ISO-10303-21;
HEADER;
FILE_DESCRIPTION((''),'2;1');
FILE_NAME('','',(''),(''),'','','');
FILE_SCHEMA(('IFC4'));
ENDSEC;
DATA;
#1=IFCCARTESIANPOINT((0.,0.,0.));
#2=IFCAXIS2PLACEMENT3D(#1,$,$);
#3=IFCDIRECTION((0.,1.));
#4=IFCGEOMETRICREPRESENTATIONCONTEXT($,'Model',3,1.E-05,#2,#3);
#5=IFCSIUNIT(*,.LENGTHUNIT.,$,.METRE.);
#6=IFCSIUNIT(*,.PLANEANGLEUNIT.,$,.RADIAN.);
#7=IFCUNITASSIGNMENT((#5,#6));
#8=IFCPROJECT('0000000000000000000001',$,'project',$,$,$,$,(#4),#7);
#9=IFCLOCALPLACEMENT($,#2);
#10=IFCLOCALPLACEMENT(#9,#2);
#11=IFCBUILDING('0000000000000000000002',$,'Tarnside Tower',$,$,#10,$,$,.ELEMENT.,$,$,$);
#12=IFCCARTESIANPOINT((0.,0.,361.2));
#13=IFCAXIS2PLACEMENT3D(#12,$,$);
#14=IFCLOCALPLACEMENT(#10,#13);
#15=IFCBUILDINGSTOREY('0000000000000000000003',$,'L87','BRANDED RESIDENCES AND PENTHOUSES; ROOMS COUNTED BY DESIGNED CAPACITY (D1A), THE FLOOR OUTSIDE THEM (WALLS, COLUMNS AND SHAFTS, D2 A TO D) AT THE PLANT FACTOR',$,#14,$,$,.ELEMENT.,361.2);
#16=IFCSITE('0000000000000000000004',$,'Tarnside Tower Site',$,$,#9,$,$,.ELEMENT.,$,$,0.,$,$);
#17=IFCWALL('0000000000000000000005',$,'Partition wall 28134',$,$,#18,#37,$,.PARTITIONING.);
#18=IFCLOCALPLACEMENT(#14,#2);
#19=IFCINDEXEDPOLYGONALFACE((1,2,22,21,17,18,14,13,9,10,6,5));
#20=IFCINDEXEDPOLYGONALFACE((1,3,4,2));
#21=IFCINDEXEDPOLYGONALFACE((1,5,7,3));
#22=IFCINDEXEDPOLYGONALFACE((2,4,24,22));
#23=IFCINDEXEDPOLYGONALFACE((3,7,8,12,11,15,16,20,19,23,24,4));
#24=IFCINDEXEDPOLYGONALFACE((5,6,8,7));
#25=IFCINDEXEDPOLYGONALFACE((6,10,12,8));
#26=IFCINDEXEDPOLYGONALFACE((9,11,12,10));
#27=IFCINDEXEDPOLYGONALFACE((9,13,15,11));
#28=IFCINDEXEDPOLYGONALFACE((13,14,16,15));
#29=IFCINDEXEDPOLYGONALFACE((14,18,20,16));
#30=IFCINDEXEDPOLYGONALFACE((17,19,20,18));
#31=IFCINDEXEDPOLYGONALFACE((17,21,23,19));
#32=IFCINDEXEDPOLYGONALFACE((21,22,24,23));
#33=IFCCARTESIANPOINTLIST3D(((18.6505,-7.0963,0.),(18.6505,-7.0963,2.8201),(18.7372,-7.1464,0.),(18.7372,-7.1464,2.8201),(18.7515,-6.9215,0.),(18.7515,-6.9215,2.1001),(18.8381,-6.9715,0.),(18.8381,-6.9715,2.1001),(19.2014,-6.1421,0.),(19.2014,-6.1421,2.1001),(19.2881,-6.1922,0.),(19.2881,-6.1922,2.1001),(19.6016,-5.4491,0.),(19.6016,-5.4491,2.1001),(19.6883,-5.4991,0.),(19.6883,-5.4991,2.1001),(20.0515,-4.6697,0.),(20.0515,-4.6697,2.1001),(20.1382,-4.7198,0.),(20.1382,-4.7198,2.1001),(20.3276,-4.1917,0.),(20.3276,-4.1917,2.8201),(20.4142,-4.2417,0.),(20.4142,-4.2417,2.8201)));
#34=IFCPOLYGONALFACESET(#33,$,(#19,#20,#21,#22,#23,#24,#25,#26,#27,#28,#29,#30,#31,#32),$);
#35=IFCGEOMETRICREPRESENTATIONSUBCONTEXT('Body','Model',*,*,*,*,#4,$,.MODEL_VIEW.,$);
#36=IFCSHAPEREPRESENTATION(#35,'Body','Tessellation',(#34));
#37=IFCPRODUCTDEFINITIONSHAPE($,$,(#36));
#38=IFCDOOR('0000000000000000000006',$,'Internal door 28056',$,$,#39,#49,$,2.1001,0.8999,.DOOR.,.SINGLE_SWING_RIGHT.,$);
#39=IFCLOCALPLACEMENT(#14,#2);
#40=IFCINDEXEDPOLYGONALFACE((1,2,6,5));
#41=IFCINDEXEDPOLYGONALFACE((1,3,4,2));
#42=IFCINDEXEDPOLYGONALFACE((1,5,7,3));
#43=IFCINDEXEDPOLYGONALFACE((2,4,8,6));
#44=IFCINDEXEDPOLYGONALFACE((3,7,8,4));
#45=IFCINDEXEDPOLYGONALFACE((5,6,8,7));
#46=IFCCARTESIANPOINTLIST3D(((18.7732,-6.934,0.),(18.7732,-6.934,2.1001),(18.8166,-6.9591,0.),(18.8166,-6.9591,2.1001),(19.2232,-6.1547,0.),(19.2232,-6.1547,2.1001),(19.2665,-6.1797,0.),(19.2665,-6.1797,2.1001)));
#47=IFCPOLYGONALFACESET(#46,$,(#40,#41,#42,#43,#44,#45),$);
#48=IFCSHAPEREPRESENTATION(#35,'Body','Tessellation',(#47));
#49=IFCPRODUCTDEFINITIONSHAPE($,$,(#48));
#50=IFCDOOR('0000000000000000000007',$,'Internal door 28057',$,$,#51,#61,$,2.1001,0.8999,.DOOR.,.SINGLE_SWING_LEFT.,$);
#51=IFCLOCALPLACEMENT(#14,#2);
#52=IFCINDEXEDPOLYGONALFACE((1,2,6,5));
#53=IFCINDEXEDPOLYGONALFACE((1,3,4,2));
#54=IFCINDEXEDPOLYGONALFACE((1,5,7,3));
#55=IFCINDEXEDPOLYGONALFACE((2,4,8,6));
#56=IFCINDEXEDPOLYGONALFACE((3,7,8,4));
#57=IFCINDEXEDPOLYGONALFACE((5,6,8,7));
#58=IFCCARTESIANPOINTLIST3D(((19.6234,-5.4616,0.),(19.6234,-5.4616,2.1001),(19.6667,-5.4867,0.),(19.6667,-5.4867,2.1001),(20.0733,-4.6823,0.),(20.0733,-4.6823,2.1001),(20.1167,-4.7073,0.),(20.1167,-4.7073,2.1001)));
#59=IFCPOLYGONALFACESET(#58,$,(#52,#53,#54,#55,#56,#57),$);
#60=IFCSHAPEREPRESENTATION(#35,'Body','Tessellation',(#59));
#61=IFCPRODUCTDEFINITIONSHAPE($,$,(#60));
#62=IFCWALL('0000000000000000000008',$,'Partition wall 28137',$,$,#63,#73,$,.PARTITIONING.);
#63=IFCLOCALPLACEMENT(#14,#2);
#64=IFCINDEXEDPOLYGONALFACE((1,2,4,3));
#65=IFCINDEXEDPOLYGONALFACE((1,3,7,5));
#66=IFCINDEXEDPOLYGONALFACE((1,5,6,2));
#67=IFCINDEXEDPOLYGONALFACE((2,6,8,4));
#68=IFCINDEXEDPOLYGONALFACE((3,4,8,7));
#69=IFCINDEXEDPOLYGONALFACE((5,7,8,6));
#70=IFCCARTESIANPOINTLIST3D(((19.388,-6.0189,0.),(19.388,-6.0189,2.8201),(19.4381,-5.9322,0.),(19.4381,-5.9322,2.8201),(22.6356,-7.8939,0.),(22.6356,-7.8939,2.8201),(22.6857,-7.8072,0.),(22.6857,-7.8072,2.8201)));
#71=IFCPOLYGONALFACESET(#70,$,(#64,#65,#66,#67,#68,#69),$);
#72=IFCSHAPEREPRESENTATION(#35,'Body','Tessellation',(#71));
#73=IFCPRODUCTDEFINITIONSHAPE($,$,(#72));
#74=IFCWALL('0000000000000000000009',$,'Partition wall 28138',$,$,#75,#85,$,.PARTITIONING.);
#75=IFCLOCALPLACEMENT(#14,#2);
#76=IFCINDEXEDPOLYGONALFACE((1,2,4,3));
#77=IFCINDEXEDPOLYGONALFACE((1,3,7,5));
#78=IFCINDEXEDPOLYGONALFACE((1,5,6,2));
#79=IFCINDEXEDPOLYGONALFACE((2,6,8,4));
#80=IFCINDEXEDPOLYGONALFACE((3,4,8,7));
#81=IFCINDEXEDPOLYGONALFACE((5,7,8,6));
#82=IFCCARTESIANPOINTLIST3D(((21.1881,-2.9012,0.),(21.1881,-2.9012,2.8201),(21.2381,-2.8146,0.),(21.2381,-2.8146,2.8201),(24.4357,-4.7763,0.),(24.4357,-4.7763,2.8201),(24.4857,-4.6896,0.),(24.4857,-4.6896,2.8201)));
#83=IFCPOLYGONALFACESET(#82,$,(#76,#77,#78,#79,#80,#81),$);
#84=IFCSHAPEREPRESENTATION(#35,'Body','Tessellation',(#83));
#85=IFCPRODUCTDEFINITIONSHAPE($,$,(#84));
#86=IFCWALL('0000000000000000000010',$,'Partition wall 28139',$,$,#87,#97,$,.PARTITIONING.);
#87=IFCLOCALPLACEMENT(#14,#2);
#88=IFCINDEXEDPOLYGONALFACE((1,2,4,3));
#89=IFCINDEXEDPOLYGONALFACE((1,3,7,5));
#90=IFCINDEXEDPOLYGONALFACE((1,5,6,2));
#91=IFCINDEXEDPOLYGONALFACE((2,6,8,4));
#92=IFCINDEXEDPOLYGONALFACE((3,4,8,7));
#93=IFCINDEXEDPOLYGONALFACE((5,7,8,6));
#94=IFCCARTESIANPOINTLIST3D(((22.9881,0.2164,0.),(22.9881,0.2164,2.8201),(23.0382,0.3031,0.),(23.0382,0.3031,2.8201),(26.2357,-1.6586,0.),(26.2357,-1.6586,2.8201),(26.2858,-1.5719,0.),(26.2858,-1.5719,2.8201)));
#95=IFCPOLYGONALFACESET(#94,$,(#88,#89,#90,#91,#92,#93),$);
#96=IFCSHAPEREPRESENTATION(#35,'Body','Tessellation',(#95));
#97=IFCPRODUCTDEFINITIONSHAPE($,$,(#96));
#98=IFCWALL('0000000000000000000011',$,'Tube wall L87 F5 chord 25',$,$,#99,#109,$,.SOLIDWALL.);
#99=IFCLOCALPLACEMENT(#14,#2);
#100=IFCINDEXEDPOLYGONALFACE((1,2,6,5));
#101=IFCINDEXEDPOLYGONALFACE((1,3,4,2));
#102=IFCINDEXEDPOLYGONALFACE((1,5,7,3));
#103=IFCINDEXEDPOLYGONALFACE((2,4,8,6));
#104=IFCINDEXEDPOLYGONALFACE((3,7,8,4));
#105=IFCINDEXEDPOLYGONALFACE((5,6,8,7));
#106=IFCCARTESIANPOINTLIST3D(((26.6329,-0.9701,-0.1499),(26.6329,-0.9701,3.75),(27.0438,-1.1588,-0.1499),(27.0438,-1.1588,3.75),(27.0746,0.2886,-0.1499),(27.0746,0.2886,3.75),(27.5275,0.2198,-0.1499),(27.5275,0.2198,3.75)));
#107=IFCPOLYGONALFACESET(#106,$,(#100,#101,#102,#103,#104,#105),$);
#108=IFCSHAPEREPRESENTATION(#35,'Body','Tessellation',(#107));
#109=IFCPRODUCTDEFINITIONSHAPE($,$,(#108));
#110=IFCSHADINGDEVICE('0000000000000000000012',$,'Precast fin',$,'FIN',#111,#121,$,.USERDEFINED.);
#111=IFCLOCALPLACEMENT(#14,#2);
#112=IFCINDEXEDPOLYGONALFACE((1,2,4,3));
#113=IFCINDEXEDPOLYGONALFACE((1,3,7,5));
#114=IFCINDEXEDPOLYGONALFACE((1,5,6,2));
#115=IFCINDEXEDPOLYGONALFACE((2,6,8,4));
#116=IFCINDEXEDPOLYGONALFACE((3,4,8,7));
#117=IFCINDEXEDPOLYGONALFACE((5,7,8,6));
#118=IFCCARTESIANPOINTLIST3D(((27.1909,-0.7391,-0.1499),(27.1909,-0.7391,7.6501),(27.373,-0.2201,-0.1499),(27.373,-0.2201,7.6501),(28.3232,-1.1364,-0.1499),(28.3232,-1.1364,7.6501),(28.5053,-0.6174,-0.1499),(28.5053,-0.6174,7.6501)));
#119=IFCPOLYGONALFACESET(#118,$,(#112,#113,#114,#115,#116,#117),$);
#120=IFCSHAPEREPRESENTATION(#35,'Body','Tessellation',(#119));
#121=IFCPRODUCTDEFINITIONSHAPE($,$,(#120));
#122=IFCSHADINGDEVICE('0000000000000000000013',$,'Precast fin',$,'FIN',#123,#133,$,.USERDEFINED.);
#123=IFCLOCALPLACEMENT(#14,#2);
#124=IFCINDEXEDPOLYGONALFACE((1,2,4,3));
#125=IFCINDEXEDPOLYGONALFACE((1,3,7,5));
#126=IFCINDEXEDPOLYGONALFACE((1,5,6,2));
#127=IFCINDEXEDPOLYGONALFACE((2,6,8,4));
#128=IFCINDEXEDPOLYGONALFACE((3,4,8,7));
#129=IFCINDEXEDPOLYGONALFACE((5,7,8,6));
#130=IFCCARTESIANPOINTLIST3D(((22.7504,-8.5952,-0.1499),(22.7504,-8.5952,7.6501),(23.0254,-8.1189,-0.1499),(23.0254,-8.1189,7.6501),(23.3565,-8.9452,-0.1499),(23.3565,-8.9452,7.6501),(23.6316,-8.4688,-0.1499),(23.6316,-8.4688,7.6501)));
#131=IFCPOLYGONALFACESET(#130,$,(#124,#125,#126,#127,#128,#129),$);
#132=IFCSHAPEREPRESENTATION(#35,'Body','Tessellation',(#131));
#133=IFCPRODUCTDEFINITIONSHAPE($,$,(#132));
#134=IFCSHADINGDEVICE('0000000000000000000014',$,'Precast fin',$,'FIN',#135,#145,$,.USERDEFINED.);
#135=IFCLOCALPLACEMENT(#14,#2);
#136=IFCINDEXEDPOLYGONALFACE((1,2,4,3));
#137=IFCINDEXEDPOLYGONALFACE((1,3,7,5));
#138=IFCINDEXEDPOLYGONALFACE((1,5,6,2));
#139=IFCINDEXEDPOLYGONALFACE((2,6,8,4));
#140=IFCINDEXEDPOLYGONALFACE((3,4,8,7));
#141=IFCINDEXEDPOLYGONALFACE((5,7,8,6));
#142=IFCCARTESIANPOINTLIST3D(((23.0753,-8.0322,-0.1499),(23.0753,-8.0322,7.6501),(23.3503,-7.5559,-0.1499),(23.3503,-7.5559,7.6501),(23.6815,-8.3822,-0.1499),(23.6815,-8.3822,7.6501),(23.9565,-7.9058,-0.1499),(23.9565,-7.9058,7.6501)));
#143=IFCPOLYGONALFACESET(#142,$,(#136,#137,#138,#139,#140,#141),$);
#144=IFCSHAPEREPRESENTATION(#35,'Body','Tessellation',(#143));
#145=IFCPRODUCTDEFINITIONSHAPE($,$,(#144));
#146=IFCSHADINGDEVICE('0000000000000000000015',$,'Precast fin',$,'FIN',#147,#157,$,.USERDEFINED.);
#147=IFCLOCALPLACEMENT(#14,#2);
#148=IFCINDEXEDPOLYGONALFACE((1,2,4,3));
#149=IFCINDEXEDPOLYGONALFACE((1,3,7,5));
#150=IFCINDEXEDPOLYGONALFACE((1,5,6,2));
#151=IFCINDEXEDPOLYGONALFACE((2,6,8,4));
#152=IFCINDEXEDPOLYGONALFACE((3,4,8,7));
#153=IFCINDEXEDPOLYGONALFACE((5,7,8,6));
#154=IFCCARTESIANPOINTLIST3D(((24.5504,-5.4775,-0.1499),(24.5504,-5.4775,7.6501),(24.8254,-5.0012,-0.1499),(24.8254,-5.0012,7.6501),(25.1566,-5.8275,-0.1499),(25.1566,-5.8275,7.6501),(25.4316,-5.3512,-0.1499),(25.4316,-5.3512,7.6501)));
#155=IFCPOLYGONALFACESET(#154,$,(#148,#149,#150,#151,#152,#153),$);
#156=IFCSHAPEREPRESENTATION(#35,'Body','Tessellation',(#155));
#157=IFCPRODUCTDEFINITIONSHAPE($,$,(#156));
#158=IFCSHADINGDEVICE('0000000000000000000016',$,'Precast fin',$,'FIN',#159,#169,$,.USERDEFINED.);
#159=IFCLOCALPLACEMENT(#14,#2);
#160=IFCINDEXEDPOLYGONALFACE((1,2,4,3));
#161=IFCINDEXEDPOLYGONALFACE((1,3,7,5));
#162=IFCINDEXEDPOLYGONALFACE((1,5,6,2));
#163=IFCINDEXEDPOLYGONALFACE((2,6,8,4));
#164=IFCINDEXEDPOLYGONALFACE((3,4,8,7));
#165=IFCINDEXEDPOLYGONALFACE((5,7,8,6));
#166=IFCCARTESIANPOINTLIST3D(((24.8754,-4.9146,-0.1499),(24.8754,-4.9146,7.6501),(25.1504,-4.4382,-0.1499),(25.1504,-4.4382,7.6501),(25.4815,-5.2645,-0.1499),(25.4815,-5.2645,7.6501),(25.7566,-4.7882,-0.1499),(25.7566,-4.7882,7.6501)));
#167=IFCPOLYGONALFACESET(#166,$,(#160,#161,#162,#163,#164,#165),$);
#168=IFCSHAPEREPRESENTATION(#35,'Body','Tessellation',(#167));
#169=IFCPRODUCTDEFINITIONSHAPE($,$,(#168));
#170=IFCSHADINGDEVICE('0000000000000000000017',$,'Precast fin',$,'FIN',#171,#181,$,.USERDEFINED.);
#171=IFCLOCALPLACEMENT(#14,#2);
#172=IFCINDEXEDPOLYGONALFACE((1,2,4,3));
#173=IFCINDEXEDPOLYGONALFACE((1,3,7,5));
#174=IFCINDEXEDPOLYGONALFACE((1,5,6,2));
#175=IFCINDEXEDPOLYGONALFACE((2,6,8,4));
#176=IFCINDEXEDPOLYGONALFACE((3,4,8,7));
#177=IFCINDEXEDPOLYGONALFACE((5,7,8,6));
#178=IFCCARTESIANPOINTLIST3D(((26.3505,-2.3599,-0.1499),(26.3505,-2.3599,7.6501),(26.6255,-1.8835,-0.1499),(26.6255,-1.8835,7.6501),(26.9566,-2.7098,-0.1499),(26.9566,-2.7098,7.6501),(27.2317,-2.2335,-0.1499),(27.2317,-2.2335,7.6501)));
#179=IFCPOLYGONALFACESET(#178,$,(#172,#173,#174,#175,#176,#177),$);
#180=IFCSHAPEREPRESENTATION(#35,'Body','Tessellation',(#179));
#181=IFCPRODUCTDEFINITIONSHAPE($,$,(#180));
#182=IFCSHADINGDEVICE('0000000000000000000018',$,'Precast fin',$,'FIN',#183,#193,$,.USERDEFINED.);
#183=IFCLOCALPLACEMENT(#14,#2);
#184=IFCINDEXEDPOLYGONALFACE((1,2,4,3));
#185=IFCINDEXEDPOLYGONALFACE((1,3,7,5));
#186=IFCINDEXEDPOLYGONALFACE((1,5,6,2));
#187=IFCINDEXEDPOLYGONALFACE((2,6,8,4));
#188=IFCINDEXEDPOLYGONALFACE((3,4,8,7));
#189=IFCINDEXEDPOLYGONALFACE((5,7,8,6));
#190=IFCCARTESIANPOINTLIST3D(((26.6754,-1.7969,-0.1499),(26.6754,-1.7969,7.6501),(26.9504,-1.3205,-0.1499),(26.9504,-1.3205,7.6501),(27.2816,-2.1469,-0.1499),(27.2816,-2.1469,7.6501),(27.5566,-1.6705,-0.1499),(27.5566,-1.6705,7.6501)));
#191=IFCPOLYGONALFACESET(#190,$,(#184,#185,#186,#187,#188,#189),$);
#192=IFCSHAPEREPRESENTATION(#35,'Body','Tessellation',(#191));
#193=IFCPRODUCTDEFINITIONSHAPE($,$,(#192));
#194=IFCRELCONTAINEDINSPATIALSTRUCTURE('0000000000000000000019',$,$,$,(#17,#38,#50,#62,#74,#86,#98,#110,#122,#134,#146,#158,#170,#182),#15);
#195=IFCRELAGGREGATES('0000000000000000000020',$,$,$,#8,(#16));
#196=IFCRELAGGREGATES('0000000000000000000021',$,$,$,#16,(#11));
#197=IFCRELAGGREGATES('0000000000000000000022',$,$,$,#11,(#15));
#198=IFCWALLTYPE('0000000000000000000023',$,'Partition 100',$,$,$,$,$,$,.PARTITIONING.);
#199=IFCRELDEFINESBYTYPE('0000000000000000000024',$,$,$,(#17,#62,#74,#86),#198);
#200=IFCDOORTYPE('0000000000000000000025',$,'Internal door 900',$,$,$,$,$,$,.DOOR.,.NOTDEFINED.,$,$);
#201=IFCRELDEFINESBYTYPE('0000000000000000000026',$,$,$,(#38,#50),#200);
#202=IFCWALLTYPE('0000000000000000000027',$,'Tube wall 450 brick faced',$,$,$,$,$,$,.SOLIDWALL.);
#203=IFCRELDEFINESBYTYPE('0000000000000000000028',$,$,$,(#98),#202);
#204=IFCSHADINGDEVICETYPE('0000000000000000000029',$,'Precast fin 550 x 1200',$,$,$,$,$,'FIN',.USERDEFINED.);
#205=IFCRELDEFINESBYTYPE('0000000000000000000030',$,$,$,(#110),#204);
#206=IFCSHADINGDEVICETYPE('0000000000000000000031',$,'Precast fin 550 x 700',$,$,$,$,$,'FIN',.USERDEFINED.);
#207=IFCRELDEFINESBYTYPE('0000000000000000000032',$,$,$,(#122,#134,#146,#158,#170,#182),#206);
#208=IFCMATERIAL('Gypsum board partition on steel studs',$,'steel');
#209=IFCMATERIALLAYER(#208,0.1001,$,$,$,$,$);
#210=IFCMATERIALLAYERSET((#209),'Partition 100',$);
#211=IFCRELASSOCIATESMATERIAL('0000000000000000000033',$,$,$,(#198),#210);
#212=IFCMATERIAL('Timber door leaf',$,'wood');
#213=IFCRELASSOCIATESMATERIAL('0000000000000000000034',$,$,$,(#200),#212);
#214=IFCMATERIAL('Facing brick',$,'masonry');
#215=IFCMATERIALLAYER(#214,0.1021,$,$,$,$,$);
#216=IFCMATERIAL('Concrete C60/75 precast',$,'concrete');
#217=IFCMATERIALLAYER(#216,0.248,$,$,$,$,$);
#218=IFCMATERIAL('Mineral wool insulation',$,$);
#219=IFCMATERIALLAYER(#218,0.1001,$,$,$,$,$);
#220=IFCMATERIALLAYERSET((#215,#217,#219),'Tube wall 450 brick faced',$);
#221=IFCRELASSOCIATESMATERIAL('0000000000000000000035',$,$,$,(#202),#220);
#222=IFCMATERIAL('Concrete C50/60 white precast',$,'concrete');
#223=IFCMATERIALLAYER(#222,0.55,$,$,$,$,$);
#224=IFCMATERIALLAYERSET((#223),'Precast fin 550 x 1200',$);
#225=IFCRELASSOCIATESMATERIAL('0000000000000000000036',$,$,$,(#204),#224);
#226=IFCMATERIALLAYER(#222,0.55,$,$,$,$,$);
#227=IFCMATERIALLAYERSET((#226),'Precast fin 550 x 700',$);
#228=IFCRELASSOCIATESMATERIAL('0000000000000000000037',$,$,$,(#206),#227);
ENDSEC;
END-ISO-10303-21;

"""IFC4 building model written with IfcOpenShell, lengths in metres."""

from ifc_helpers import new_model, si_unit, direction, frame, frame_2d, origin, place, context, subcontext, project, spatial, polyline, rectangle, outline, extrude, material, layer, layer_set, type_object, element, fill, save


model = new_model("IFC4")

# Units and contexts
model_context = context("Model", 3, precision=1e-05, world=origin(), true_north=direction((0.0, 1.0)))
body_context = subcontext(model_context, "Body", "Model", "MODEL_VIEW")
ifc_project = project(units=[si_unit("LENGTHUNIT", "METRE"), si_unit("PLANEANGLEUNIT", "RADIAN")], contexts=[model_context])

# Site, building, storey
site_placement = place(None, origin())
site = spatial("IfcSite", under=ifc_project, at=site_placement, Name="Tarnside Tower Site", CompositionType="ELEMENT", RefElevation=0.0)
building_placement = place(site_placement, origin())
building = spatial("IfcBuilding", under=site, at=building_placement, Name="Tarnside Tower", CompositionType="ELEMENT")
storey_placement = place(building_placement, frame((0.0, 0.0, 361.2)))
storey = spatial("IfcBuildingStorey", under=building, at=storey_placement, Name="L87", Description="BRANDED RESIDENCES AND PENTHOUSES; ROOMS COUNTED BY DESIGNED CAPACITY (D1A), THE FLOOR OUTSIDE THEM (WALLS, COLUMNS AND SHAFTS, D2 A TO D) AT THE PLANT FACTOR", CompositionType="ELEMENT", Elevation=361.2)

# Shared definitions
ifc_material_1 = material(Name="Gypsum board partition on steel studs", Category="steel")
ifc_material_2 = material(Name="Timber door leaf", Category="wood")

# Shared definitions
ifc_layer_1 = layer(ifc_material_1, 0.1001)
ifc_layer_set_1 = layer_set([ifc_layer_1], Name="Partition 100")
wall_type_1 = type_object("IfcWallType", Name="Partition 100", PredefinedType="PARTITIONING", material=ifc_layer_set_1)
door_type_1 = type_object("IfcDoorType", Name="Internal door 900", OperationType="NOTDEFINED", PredefinedType="DOOR", material=ifc_material_2)

# Wall, openings, doors
wall_1_placement = place(storey_placement, frame((18.6938, -7.1213, 0.0), z_axis=(0.0, 0.0, 1.0), x_axis=(0.500014, 0.866017, 0.0)))
wall_1 = element("IfcWall", 1, at=wall_1_placement, inside=storey, type_object=wall_type_1, Name="Partition wall 28134", PredefinedType="PARTITIONING", context=body_context, shape_type="SweptSolid", body=[
    extrude(rectangle(XDim=3.354, YDim=0.1001, at=frame_2d((1.677, 0.0))), origin(), (0.0, 0.0, 1.0), 2.8201),
])
opening_1_placement = place(wall_1_placement, frame((0.2019, 0.0, 0.0)))
opening_1 = element("IfcOpeningElement", 2, at=opening_1_placement, cuts=wall_1, PredefinedType="OPENING", context=body_context, shape_type="SweptSolid", body=[
    extrude(rectangle(XDim=0.8999, YDim=2.1001, at=frame_2d((0.45, 1.05))), frame((0.0, 0.0601, 0.0), z_axis=(0.0, -1.0, 0.0), x_axis=(1.0, 0.0, 0.0)), (0.0, 0.0, 1.0), 0.1201),
])
opening_2_placement = place(wall_1_placement, frame((1.9021, 0.0, 0.0)))
opening_2 = element("IfcOpeningElement", 3, at=opening_2_placement, cuts=wall_1, PredefinedType="OPENING", context=body_context, shape_type="SweptSolid", body=[
    extrude(rectangle(XDim=0.8999, YDim=2.1001, at=frame_2d((0.45, 1.05))), frame((0.0, 0.0601, 0.0), z_axis=(0.0, -1.0, 0.0), x_axis=(1.0, 0.0, 0.0)), (0.0, 0.0, 1.0), 0.1201),
])
door_1_placement = place(opening_1_placement, origin())
door_1 = element("IfcDoor", 4, at=door_1_placement, inside=storey, type_object=door_type_1, Name="Internal door 28056", OperationType="SINGLE_SWING_RIGHT", OverallHeight=2.1001, OverallWidth=0.8999, PredefinedType="DOOR", context=body_context, shape_type="SweptSolid", body=[
    extrude(rectangle(XDim=0.8999, YDim=2.1001, at=frame_2d((0.45, 1.05))), frame((0.0, 0.0249, 0.0), z_axis=(0.0, -1.0, 0.0), x_axis=(1.0, 0.0, 0.0)), (0.0, 0.0, 1.0), 0.05),
])
fill(opening_1, door_1)
door_2_placement = place(opening_2_placement, origin())
door_2 = element("IfcDoor", 5, at=door_2_placement, inside=storey, type_object=door_type_1, Name="Internal door 28057", OperationType="SINGLE_SWING_LEFT", OverallHeight=2.1001, OverallWidth=0.8999, PredefinedType="DOOR", context=body_context, shape_type="SweptSolid", body=[
    extrude(rectangle(XDim=0.8999, YDim=2.1001, at=frame_2d((0.45, 1.05))), frame((0.0, 0.0249, 0.0), z_axis=(0.0, -1.0, 0.0), x_axis=(1.0, 0.0, 0.0)), (0.0, 0.0, 1.0), 0.05),
])
fill(opening_2, door_2)

# Walls
for number, where, z_axis, x_axis, name in (
    (6, (22.6606, -7.8506, 0.0), (0.0, 0.0, 1.0), (-0.866023, 0.500004, 0.0), "Partition wall 28137"),
    (7, (24.4607, -4.7329, 0.0), (0.0, 0.0, 1.0), (-0.866023, 0.500004, 0.0), "Partition wall 28138"),
    (8, (26.2607, -1.6152, 0.0), (0.0, 0.0, 1.0), (-0.866023, 0.500004, 0.0), "Partition wall 28139"),
):
    element("IfcWall", number, at=place(storey_placement, frame(where, z_axis=z_axis, x_axis=x_axis)), inside=storey, type_object=wall_type_1, Name=name, PredefinedType="PARTITIONING", context=body_context, shape_type="SweptSolid", body=[
        extrude(rectangle(XDim=3.75, YDim=0.1001, at=frame_2d((1.875, 0.0))), origin(), (0.0, 0.0, 1.0), 2.8201),
    ])
ifc_material_3 = material(Name="Facing brick", Category="masonry")
ifc_layer_2 = layer(ifc_material_3, 0.1021)
ifc_material_4 = material(Name="Concrete C60/75 precast", Category="concrete")
ifc_layer_3 = layer(ifc_material_4, 0.248)
ifc_material_5 = material(Name="Mineral wool insulation")
ifc_layer_4 = layer(ifc_material_5, 0.1001)
ifc_layer_set_2 = layer_set([ifc_layer_2, ifc_layer_3, ifc_layer_4], Name="Tube wall 450 brick faced")
wall_type_2 = type_object("IfcWallType", Name="Tube wall 450 brick faced", PredefinedType="SOLIDWALL", material=ifc_layer_set_2)
wall_2_placement = place(storey_placement, frame((26.8384, -1.0645, -0.1499), z_axis=(0.0, 0.0, 1.0), x_axis=(0.331074, 0.943605, 0.0)))
element("IfcWall", 9, at=wall_2_placement, inside=storey, type_object=wall_type_2, Name="Tube wall L87 F5 chord 25", PredefinedType="SOLIDWALL", context=body_context, shape_type="SweptSolid", body=[
    extrude(outline(polyline([(-0.021, -0.2251), (1.4399, -0.2251), (1.355, 0.2251), (0.021, 0.2251), (-0.021, -0.2251)])), origin(), (0.0, 0.0, 1.0), 3.8999),
])

# Shading devices
ifc_material_6 = material(Name="Concrete C50/60 white precast", Category="concrete")
ifc_layer_5 = layer(ifc_material_6, 0.55)
ifc_layer_set_3 = layer_set([ifc_layer_5], Name="Precast fin 550 x 1200")
shading_device_type_1 = type_object("IfcShadingDeviceType", Name="Precast fin 550 x 1200", ElementType="FIN", PredefinedType="USERDEFINED", material=ifc_layer_set_3)
shading_device_placement = place(storey_placement, frame((27.282, -0.4795, -0.1499), z_axis=(-0.331063, -0.943609, 0.0), x_axis=(0.943609, -0.331063, 0.0)))
element("IfcShadingDevice", 10, at=shading_device_placement, inside=storey, type_object=shading_device_type_1, Name="Precast fin", ObjectType="FIN", PredefinedType="USERDEFINED", context=body_context, shape_type="SweptSolid", body=[
    extrude(outline(polyline([(0.0, 0.0), (1.2, 0.0), (1.2, 7.8), (0.0, 7.8), (0.0, 0.0)])), frame((0.0, 0.0, -0.2749)), (0.0, 0.0, 1.0), 0.55),
])
ifc_layer_6 = layer(ifc_material_6, 0.55)
ifc_layer_set_4 = layer_set([ifc_layer_6], Name="Precast fin 550 x 700")
shading_device_type_2 = type_object("IfcShadingDeviceType", Name="Precast fin 550 x 700", ElementType="FIN", PredefinedType="USERDEFINED", material=ifc_layer_set_4)
for number, where, z_axis, x_axis, name in (
    (11, (22.8879, -8.3569, -0.1499), (-0.5, -0.866025, 0.0), (0.866025, -0.5, 0.0), "Precast fin"),
    (12, (23.2129, -7.7939, -0.1499), (-0.5, -0.866025, 0.0), (0.866025, -0.5, 0.0), "Precast fin"),
    (13, (24.688, -5.2393, -0.1499), (-0.5, -0.866025, 0.0), (0.866025, -0.5, 0.0), "Precast fin"),
    (14, (25.0129, -4.6763, -0.1499), (-0.5, -0.866025, 0.0), (0.866025, -0.5, 0.0), "Precast fin"),
    (15, (26.488, -2.1216, -0.1499), (-0.5, -0.866025, 0.0), (0.866025, -0.5, 0.0), "Precast fin"),
    (16, (26.813, -1.5586, -0.1499), (-0.5, -0.866025, 0.0), (0.866025, -0.5, 0.0), "Precast fin"),
):
    element("IfcShadingDevice", number, at=place(storey_placement, frame(where, z_axis=z_axis, x_axis=x_axis)), inside=storey, type_object=shading_device_type_2, Name=name, ObjectType="FIN", PredefinedType="USERDEFINED", context=body_context, shape_type="SweptSolid", body=[
        extrude(outline(polyline([(0.0, 0.0), (0.7, 0.0), (0.7, 7.8), (0.0, 7.8), (0.0, 0.0)])), frame((0.0, 0.0, -0.2749)), (0.0, 0.0, 1.0), 0.55),
    ])

save(model, "model.ifc")
